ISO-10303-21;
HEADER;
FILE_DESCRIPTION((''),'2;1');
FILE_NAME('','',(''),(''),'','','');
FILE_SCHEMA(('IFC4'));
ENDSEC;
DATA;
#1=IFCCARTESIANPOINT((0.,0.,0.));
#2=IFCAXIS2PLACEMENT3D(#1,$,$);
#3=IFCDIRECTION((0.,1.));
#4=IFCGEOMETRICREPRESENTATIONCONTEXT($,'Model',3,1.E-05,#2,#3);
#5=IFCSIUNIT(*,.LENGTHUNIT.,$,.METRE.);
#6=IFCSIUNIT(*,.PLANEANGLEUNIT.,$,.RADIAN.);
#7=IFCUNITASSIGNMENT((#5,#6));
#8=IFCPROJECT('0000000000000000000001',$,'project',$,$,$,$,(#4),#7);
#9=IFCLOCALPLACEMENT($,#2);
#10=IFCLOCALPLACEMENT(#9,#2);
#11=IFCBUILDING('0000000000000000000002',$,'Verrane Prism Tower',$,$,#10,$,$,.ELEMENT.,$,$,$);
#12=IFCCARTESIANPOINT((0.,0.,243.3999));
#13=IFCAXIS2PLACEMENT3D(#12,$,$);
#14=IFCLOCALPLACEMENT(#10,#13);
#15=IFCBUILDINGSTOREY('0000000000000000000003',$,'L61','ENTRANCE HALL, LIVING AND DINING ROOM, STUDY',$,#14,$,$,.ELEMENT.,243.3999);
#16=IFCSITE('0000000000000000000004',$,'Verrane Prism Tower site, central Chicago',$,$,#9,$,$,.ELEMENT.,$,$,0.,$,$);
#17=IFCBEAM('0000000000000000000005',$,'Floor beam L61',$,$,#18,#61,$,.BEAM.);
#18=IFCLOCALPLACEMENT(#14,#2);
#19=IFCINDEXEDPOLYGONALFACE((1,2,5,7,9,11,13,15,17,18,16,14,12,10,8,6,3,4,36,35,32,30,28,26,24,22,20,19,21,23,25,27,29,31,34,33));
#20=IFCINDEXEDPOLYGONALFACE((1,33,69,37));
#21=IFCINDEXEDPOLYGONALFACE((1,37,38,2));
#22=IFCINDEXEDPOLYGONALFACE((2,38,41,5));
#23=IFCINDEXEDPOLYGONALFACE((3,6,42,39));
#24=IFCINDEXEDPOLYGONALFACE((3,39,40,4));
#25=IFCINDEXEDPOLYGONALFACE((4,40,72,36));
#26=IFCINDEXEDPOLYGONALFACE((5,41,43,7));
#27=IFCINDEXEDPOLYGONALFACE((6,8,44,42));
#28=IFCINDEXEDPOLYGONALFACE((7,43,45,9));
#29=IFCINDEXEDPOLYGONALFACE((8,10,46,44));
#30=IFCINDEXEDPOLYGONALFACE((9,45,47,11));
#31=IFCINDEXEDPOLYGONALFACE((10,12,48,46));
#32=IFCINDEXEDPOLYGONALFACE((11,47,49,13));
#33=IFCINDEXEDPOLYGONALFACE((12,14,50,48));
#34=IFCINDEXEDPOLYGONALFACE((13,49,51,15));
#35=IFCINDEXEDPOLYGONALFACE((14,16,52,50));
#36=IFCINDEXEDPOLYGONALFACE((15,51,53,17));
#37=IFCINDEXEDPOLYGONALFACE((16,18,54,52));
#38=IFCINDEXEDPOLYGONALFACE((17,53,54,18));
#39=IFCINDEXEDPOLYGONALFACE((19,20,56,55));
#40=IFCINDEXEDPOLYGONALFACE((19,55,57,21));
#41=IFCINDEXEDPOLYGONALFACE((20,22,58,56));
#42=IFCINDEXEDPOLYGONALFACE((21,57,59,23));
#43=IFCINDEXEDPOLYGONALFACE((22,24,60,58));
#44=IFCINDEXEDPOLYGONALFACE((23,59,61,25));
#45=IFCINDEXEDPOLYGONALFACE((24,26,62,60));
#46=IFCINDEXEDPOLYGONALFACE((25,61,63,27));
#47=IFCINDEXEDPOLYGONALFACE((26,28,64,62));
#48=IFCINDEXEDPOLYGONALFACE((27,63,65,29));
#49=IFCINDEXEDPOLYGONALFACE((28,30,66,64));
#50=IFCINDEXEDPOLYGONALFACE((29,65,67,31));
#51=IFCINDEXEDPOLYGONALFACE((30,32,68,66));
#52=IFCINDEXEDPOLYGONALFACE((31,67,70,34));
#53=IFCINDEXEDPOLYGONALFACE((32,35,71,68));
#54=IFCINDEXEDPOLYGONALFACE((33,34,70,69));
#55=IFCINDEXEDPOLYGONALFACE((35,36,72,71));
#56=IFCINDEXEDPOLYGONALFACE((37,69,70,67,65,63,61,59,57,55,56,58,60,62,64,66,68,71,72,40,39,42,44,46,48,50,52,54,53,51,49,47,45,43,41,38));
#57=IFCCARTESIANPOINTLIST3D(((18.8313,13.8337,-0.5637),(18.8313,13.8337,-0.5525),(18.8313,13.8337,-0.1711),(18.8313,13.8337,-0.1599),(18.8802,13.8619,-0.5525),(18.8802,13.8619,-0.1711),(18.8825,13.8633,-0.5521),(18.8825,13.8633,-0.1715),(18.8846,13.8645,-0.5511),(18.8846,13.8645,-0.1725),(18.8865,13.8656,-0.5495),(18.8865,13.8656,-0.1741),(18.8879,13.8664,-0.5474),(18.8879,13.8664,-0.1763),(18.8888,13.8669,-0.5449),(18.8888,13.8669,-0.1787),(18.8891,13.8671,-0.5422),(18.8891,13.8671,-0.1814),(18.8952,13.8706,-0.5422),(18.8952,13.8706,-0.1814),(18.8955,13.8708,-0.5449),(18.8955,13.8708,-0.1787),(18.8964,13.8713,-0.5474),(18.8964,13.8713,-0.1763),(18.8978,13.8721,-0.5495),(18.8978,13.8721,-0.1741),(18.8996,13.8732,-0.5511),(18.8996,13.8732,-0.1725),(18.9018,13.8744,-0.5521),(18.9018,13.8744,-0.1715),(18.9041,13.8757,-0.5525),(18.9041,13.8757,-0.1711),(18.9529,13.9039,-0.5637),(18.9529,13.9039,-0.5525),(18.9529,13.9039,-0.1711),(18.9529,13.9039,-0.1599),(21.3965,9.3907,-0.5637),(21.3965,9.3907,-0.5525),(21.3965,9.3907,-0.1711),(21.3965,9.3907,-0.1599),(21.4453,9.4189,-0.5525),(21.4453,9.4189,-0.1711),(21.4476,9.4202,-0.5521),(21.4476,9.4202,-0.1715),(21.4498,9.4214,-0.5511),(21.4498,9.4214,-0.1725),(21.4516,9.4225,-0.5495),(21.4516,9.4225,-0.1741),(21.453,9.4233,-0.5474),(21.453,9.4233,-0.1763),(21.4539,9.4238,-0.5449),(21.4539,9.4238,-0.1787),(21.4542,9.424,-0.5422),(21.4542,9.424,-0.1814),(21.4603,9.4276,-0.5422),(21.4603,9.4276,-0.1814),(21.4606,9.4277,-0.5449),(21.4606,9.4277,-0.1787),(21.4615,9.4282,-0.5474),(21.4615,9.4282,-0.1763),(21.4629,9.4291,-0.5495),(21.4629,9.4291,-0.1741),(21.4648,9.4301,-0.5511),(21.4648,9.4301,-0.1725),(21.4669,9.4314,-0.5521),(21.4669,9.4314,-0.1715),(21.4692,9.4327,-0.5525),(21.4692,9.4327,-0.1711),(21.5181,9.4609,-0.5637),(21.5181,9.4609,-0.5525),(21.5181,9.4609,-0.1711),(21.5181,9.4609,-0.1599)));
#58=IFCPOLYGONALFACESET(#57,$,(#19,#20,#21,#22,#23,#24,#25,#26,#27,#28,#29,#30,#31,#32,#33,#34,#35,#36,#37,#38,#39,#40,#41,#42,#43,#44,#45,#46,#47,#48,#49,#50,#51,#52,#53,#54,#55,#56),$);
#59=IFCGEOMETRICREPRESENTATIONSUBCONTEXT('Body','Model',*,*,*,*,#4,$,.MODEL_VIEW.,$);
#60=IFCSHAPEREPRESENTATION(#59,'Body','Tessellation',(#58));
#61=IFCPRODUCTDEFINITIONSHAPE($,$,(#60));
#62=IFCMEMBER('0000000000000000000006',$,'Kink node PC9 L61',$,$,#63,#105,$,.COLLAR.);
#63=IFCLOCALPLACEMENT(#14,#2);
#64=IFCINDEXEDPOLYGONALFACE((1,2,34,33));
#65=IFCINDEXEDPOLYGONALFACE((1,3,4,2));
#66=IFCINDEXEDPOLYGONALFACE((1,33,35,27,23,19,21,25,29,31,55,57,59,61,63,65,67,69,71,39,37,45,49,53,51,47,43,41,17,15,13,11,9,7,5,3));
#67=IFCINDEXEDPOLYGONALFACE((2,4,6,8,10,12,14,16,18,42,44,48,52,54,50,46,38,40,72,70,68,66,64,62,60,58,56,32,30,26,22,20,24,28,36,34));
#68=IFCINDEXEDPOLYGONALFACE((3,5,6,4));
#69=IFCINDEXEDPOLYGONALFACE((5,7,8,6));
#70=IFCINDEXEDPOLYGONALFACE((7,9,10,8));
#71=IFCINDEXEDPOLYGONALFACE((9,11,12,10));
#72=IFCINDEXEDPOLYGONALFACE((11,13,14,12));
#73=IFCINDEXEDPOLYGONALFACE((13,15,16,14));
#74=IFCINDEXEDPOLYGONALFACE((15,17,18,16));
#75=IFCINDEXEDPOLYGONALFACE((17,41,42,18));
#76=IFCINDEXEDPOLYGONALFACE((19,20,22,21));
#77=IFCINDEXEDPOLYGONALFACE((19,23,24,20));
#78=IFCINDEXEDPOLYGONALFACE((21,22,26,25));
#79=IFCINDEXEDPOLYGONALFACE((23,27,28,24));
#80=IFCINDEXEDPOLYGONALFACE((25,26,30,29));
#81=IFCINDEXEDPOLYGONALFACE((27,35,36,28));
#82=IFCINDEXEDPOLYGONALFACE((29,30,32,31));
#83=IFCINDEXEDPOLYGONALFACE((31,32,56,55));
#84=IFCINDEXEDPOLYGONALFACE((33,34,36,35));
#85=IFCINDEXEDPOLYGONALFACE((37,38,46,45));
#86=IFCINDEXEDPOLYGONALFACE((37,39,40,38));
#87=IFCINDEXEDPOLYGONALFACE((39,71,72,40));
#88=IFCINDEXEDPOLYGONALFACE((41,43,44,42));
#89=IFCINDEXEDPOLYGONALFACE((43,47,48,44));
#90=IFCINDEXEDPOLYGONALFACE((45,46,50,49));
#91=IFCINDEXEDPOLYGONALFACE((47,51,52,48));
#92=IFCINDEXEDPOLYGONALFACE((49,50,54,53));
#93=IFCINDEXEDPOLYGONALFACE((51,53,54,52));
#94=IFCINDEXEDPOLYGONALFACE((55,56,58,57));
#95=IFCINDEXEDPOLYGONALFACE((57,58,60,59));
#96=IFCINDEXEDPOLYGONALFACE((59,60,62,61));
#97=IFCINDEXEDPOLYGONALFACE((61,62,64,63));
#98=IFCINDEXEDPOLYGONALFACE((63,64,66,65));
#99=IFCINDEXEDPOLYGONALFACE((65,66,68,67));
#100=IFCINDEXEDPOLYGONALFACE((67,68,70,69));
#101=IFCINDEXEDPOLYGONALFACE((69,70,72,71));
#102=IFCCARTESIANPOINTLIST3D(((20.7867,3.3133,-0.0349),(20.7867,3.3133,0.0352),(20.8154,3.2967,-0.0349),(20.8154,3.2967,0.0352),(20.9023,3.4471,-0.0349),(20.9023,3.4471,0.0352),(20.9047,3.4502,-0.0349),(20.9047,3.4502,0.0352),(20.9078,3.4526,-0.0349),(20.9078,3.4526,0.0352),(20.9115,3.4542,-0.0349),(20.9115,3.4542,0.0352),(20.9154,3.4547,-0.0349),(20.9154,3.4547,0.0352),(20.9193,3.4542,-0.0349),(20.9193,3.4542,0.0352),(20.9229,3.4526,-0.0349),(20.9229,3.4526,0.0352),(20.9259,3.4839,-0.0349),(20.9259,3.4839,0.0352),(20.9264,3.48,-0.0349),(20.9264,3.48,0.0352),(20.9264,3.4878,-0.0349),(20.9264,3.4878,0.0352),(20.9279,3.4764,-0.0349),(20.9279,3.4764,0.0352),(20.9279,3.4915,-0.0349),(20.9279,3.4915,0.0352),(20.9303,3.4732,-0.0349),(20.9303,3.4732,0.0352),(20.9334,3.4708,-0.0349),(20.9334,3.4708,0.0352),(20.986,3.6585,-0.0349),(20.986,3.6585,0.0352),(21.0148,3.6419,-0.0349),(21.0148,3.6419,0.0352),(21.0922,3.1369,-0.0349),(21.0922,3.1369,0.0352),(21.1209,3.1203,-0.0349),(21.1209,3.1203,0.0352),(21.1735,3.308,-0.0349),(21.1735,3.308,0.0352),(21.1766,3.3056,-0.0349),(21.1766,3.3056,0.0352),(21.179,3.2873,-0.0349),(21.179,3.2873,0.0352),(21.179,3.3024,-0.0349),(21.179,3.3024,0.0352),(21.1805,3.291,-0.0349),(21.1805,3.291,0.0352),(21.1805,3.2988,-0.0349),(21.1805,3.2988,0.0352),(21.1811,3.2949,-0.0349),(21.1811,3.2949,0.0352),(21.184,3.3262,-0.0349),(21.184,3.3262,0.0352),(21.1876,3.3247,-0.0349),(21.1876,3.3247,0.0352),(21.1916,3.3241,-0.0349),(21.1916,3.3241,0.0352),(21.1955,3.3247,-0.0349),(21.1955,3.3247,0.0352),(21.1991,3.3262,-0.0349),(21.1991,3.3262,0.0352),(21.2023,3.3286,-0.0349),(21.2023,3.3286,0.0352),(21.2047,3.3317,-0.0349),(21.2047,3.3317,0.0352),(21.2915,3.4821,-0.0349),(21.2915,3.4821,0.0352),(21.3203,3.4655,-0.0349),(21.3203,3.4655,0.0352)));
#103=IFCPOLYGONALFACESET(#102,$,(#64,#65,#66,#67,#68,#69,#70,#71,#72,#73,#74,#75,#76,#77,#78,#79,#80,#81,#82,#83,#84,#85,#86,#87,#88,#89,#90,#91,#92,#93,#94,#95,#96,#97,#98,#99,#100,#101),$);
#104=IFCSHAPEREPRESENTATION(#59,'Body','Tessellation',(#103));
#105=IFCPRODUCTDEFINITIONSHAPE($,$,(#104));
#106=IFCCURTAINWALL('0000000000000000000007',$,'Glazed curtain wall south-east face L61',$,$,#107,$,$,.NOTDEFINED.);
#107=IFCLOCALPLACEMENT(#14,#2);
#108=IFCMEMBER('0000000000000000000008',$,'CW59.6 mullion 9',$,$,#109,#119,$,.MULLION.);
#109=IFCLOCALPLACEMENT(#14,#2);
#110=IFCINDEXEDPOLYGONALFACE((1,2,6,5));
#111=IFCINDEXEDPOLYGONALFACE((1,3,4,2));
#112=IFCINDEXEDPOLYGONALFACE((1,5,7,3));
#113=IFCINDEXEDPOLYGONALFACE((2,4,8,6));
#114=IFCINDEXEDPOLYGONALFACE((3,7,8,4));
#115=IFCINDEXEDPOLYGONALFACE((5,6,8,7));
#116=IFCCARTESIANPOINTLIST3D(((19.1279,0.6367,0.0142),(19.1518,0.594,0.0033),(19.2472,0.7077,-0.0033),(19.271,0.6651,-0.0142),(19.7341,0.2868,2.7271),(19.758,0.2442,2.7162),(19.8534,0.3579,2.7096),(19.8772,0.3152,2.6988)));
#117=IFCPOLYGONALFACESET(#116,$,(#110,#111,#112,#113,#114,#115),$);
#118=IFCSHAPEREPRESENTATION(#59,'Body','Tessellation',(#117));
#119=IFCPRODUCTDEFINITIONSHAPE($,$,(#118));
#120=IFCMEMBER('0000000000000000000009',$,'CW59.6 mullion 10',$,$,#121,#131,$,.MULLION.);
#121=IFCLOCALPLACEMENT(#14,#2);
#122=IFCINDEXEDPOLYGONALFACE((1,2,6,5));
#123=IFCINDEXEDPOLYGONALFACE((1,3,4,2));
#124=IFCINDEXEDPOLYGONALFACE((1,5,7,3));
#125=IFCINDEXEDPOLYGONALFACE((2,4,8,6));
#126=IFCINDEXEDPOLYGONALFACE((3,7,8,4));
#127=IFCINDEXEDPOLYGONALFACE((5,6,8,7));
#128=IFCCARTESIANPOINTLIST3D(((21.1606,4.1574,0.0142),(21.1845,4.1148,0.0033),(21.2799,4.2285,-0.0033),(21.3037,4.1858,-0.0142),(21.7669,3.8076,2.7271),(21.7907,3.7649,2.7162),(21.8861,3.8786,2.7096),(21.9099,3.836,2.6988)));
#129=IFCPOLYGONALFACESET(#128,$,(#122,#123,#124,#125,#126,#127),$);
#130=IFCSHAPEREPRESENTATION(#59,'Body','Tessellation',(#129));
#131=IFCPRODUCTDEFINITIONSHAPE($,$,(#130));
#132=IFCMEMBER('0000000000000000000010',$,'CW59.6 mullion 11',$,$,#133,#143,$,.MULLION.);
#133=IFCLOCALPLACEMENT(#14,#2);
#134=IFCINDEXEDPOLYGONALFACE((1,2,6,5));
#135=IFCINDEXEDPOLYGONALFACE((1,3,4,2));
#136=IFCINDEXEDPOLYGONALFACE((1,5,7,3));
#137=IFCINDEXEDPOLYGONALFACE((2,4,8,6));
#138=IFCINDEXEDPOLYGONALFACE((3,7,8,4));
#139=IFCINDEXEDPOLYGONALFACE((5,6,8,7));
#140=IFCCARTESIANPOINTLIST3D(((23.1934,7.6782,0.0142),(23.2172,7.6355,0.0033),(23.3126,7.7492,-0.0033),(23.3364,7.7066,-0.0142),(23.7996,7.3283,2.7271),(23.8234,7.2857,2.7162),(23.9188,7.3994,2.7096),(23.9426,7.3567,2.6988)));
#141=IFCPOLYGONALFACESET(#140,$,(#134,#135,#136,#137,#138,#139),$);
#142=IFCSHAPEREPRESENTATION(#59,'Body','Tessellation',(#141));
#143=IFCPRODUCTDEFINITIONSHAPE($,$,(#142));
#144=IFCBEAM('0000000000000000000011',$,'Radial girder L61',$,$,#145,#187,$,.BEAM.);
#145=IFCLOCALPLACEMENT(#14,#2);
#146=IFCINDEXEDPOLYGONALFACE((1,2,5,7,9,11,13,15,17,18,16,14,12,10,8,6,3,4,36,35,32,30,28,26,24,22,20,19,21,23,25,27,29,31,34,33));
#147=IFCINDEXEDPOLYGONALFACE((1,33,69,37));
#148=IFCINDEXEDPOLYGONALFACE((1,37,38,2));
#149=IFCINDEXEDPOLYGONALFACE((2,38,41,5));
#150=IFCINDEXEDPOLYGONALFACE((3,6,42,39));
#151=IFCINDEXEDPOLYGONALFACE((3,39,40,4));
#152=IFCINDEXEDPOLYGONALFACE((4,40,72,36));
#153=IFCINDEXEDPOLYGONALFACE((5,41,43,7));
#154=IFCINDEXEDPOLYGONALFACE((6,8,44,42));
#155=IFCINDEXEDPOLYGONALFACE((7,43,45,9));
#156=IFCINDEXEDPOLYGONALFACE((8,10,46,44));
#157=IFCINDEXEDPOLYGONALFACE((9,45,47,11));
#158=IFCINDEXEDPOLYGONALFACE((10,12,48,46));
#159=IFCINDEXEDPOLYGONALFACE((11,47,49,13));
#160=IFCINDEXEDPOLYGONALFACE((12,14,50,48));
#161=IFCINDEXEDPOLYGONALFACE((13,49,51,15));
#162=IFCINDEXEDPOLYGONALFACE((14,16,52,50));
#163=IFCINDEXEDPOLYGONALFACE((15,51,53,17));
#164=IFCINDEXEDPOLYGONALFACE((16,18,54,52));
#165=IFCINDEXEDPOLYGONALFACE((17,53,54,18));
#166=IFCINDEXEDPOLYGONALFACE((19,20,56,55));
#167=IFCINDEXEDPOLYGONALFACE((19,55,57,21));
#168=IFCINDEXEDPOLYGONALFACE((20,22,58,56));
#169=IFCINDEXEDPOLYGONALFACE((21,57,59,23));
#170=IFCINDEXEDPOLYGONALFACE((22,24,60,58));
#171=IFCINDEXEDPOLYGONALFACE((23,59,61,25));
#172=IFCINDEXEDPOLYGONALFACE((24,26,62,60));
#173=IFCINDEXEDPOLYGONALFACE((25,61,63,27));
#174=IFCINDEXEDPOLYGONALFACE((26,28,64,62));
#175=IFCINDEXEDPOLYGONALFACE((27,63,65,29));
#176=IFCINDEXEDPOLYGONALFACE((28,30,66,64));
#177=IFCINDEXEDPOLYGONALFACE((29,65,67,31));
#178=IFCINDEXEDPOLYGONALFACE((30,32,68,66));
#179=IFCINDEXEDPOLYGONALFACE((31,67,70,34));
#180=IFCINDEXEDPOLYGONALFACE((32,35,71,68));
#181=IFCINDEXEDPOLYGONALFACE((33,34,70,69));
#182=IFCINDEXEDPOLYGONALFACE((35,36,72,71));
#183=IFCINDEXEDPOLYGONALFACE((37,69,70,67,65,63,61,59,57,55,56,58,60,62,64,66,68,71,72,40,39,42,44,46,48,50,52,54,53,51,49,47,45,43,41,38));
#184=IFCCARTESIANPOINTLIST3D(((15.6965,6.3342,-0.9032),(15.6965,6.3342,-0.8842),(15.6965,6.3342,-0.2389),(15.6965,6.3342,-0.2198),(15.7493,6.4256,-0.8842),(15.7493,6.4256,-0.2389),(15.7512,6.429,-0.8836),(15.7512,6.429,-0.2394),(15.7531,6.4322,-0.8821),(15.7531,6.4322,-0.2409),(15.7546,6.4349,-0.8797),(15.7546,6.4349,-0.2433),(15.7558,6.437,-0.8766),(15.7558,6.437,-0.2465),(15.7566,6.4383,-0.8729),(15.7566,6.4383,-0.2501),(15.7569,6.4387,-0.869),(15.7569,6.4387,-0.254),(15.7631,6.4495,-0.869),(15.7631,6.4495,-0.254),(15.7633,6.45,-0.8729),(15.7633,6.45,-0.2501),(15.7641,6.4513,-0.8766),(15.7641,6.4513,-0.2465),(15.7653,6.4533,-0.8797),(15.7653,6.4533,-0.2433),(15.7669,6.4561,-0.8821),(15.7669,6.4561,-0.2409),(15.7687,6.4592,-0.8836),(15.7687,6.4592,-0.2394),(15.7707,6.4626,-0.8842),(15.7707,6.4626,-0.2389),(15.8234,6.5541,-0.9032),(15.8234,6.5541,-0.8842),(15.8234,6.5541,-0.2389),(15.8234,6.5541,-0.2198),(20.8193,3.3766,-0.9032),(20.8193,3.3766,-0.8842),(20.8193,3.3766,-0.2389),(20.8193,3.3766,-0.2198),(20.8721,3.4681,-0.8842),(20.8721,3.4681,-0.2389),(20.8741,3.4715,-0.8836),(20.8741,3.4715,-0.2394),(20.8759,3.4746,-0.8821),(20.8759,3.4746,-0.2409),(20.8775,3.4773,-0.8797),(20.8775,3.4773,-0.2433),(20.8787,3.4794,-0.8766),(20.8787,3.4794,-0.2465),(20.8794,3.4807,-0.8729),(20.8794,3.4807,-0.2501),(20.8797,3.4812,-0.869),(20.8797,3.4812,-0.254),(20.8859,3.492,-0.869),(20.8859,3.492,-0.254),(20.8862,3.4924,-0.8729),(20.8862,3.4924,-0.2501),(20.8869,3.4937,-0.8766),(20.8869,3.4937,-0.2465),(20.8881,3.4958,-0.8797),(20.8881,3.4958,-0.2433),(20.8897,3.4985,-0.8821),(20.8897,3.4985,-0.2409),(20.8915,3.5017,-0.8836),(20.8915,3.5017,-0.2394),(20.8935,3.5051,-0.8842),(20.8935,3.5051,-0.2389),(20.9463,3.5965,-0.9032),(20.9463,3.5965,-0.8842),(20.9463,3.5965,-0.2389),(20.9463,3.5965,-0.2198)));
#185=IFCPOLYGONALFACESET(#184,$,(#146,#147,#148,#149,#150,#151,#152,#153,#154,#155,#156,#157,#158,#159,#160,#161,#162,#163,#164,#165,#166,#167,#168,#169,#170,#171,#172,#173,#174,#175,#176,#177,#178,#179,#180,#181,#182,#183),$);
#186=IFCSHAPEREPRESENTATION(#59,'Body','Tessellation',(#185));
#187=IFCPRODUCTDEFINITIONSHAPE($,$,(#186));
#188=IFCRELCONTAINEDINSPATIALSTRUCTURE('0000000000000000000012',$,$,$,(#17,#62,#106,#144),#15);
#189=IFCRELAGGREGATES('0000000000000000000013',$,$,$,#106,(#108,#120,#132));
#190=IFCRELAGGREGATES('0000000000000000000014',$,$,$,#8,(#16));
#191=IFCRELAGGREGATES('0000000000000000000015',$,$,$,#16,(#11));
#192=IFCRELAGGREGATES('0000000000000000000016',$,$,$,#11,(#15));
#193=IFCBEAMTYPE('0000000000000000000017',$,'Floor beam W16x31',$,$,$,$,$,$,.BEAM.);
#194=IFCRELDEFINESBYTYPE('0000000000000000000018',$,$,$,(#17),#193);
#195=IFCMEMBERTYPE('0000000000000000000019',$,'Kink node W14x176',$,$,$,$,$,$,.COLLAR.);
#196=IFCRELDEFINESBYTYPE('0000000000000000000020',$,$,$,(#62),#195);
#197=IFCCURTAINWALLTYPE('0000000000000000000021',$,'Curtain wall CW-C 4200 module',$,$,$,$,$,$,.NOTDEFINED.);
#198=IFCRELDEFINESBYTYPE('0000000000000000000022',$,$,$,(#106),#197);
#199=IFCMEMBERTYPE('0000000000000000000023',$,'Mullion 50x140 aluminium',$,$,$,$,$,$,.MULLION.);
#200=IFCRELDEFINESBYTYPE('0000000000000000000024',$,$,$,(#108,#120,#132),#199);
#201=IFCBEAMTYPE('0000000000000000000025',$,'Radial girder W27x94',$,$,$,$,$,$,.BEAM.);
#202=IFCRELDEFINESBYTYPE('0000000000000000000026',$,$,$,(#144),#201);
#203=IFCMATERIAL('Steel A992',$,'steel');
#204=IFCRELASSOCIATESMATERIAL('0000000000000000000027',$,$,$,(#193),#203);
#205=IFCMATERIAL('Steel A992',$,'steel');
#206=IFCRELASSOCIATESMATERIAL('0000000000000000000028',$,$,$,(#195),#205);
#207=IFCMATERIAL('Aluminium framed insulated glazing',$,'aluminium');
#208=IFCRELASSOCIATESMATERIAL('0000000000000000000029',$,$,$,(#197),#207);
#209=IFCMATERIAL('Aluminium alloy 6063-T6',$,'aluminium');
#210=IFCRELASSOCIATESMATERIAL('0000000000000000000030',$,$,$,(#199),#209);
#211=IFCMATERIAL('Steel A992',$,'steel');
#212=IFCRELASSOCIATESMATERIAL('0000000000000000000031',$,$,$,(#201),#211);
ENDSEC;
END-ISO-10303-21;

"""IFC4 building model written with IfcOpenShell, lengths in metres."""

from ifc_helpers import new_model, si_unit, direction, frame, origin, origin_2d, place, context, subcontext, project, spatial, rectangle, i_section, extrude, material, material_profile, profile_set, type_object, element, aggregate, save


model = new_model("IFC4")

# Units and contexts
model_context = context("Model", 3, precision=1e-05, world=origin(), true_north=direction((0.0, 1.0)))
body_context = subcontext(model_context, "Body", "Model", "MODEL_VIEW")
ifc_project = project(units=[si_unit("LENGTHUNIT", "METRE"), si_unit("PLANEANGLEUNIT", "RADIAN")], contexts=[model_context])

# Site, building, storey
site_placement = place(None, origin())
site = spatial("IfcSite", under=ifc_project, at=site_placement, Name="Verrane Prism Tower site, central Chicago", CompositionType="ELEMENT", RefElevation=0.0)
building_placement = place(site_placement, origin())
building = spatial("IfcBuilding", under=site, at=building_placement, Name="Verrane Prism Tower", CompositionType="ELEMENT")
storey_placement = place(building_placement, frame((0.0, 0.0, 243.3999)))
storey = spatial("IfcBuildingStorey", under=building, at=storey_placement, Name="L61", Description="ENTRANCE HALL, LIVING AND DINING ROOM, STUDY", CompositionType="ELEMENT", Elevation=243.3999)

# Beam
ifc_material_1 = material(Name="Steel A992", Category="steel")
ifc_material_profile_1 = material_profile(ifc_material_1, i_section(OverallWidth=0.1404, OverallDepth=0.4038, WebThickness=0.0071, FlangeThickness=0.0112, FilletRadius=0.0103, at=origin_2d()), Name="W16x31")
ifc_profile_set_1 = profile_set([ifc_material_profile_1], Name="Steel A992")
beam_type_1 = type_object("IfcBeamType", Name="Floor beam W16x31", PredefinedType="BEAM", material=ifc_profile_set_1)
beam_1_placement = place(storey_placement, frame((21.4573, 9.4258, -0.3618), z_axis=(-0.499993, 0.866029, 0.0), x_axis=(-0.866029, -0.499993, 0.0)))
element("IfcBeam", 1, at=beam_1_placement, inside=storey, type_object=beam_type_1, Name="Floor beam L61", PredefinedType="BEAM", context=body_context, shape_type="SweptSolid", body=[
    extrude(i_section(OverallWidth=0.1404, OverallDepth=0.4038, WebThickness=0.0071, FlangeThickness=0.0112, FilletRadius=0.0103, at=origin_2d()), origin(), (0.0, 0.0, 1.0), 5.1304),
])

# Member
ifc_material_2 = material(Name="Steel A992", Category="steel")
ifc_material_profile_2 = material_profile(ifc_material_2, i_section(OverallWidth=0.3987, OverallDepth=0.386, WebThickness=0.021, FlangeThickness=0.0332, FilletRadius=0.0151, at=origin_2d()), Name="W14x176")
ifc_profile_set_2 = profile_set([ifc_material_profile_2], Name="Steel A992")
member_type_1 = type_object("IfcMemberType", Name="Kink node W14x176", PredefinedType="COLLAR", material=ifc_profile_set_2)
member_1_placement = place(storey_placement, frame((21.0535, 3.3894, -0.0349), z_axis=(0.0, 0.0, 1.0), x_axis=(-0.5, -0.866025, 0.0)))
element("IfcMember", 2, at=member_1_placement, inside=storey, type_object=member_type_1, Name="Kink node PC9 L61", PredefinedType="COLLAR", context=body_context, shape_type="SweptSolid", body=[
    extrude(i_section(OverallWidth=0.3987, OverallDepth=0.386, WebThickness=0.021, FlangeThickness=0.0332, FilletRadius=0.0151, at=origin_2d()), origin(), (0.0, 0.0, 1.0), 0.0701),
])

# Curtain wall, members
ifc_material_3 = material(Name="Aluminium framed insulated glazing", Category="aluminium")
curtain_wall_type = type_object("IfcCurtainWallType", Name="Curtain wall CW-C 4200 module", PredefinedType="NOTDEFINED", material=ifc_material_3)
curtain_wall_placement = place(storey_placement, origin())
curtain_wall = element("IfcCurtainWall", 3, at=curtain_wall_placement, inside=storey, type_object=curtain_wall_type, Name="Glazed curtain wall south-east face L61", PredefinedType="NOTDEFINED")
ifc_material_4 = material(Name="Aluminium alloy 6063-T6", Category="aluminium")
ifc_material_profile_3 = material_profile(ifc_material_4, rectangle(XDim=0.1399, YDim=0.05, at=origin_2d()), Name="Mullion 50x140 aluminium")
ifc_profile_set_3 = profile_set([ifc_material_profile_3], Name="Aluminium alloy 6063-T6")
member_type_2 = type_object("IfcMemberType", Name="Mullion 50x140 aluminium", PredefinedType="MULLION", material=ifc_profile_set_3)
member_2_placement = place(storey_placement, frame((19.1995, 0.6509, 0.0), z_axis=(0.216367, -0.124871, 0.968294), x_axis=(-0.85221, -0.508072, 0.124907)))
member_2 = element("IfcMember", 4, at=member_2_placement, type_object=member_type_2, Name="CW59.6 mullion 9", PredefinedType="MULLION", context=body_context, shape_type="SweptSolid", body=[
    extrude(rectangle(XDim=0.1399, YDim=0.05, at=origin_2d()), origin(), (0.0, 0.0, 1.0), 2.8018),
])
member_3_placement = place(storey_placement, frame((21.2322, 4.1716, 0.0), z_axis=(0.216367, -0.124871, 0.968294), x_axis=(-0.85221, -0.508072, 0.124907)))
member_3 = element("IfcMember", 5, at=member_3_placement, type_object=member_type_2, Name="CW59.6 mullion 10", PredefinedType="MULLION", context=body_context, shape_type="SweptSolid", body=[
    extrude(rectangle(XDim=0.1399, YDim=0.05, at=origin_2d()), origin(), (0.0, 0.0, 1.0), 2.8018),
])
member_4_placement = place(storey_placement, frame((23.2649, 7.6924, 0.0), z_axis=(0.216367, -0.124871, 0.968294), x_axis=(-0.85221, -0.508072, 0.124907)))
member_4 = element("IfcMember", 6, at=member_4_placement, type_object=member_type_2, Name="CW59.6 mullion 11", PredefinedType="MULLION", context=body_context, shape_type="SweptSolid", body=[
    extrude(rectangle(XDim=0.1399, YDim=0.05, at=origin_2d()), origin(), (0.0, 0.0, 1.0), 2.8018),
])

# Beam
ifc_material_5 = material(Name="Steel A992", Category="steel")
ifc_material_profile_4 = material_profile(ifc_material_5, i_section(OverallWidth=0.2539, OverallDepth=0.6833, WebThickness=0.0125, FlangeThickness=0.019, FilletRadius=0.0151, at=origin_2d()), Name="W27x94")
ifc_profile_set_4 = profile_set([ifc_material_profile_4], Name="Steel A992")
beam_type_2 = type_object("IfcBeamType", Name="Radial girder W27x94", PredefinedType="BEAM", material=ifc_profile_set_4)
beam_2_placement = place(storey_placement, frame((20.8828, 3.4866, -0.5615), z_axis=(-0.866035, 0.499983, 0.0), x_axis=(-0.499983, -0.866035, 0.0)))
element("IfcBeam", 7, at=beam_2_placement, inside=storey, type_object=beam_type_2, Name="Radial girder L61", PredefinedType="BEAM", context=body_context, shape_type="SweptSolid", body=[
    extrude(i_section(OverallWidth=0.2539, OverallDepth=0.6833, WebThickness=0.0125, FlangeThickness=0.019, FilletRadius=0.0151, at=origin_2d()), origin(), (0.0, 0.0, 1.0), 5.9153),
])

aggregate(curtain_wall, [member_2, member_3, member_4])

save(model, "model.ifc")
